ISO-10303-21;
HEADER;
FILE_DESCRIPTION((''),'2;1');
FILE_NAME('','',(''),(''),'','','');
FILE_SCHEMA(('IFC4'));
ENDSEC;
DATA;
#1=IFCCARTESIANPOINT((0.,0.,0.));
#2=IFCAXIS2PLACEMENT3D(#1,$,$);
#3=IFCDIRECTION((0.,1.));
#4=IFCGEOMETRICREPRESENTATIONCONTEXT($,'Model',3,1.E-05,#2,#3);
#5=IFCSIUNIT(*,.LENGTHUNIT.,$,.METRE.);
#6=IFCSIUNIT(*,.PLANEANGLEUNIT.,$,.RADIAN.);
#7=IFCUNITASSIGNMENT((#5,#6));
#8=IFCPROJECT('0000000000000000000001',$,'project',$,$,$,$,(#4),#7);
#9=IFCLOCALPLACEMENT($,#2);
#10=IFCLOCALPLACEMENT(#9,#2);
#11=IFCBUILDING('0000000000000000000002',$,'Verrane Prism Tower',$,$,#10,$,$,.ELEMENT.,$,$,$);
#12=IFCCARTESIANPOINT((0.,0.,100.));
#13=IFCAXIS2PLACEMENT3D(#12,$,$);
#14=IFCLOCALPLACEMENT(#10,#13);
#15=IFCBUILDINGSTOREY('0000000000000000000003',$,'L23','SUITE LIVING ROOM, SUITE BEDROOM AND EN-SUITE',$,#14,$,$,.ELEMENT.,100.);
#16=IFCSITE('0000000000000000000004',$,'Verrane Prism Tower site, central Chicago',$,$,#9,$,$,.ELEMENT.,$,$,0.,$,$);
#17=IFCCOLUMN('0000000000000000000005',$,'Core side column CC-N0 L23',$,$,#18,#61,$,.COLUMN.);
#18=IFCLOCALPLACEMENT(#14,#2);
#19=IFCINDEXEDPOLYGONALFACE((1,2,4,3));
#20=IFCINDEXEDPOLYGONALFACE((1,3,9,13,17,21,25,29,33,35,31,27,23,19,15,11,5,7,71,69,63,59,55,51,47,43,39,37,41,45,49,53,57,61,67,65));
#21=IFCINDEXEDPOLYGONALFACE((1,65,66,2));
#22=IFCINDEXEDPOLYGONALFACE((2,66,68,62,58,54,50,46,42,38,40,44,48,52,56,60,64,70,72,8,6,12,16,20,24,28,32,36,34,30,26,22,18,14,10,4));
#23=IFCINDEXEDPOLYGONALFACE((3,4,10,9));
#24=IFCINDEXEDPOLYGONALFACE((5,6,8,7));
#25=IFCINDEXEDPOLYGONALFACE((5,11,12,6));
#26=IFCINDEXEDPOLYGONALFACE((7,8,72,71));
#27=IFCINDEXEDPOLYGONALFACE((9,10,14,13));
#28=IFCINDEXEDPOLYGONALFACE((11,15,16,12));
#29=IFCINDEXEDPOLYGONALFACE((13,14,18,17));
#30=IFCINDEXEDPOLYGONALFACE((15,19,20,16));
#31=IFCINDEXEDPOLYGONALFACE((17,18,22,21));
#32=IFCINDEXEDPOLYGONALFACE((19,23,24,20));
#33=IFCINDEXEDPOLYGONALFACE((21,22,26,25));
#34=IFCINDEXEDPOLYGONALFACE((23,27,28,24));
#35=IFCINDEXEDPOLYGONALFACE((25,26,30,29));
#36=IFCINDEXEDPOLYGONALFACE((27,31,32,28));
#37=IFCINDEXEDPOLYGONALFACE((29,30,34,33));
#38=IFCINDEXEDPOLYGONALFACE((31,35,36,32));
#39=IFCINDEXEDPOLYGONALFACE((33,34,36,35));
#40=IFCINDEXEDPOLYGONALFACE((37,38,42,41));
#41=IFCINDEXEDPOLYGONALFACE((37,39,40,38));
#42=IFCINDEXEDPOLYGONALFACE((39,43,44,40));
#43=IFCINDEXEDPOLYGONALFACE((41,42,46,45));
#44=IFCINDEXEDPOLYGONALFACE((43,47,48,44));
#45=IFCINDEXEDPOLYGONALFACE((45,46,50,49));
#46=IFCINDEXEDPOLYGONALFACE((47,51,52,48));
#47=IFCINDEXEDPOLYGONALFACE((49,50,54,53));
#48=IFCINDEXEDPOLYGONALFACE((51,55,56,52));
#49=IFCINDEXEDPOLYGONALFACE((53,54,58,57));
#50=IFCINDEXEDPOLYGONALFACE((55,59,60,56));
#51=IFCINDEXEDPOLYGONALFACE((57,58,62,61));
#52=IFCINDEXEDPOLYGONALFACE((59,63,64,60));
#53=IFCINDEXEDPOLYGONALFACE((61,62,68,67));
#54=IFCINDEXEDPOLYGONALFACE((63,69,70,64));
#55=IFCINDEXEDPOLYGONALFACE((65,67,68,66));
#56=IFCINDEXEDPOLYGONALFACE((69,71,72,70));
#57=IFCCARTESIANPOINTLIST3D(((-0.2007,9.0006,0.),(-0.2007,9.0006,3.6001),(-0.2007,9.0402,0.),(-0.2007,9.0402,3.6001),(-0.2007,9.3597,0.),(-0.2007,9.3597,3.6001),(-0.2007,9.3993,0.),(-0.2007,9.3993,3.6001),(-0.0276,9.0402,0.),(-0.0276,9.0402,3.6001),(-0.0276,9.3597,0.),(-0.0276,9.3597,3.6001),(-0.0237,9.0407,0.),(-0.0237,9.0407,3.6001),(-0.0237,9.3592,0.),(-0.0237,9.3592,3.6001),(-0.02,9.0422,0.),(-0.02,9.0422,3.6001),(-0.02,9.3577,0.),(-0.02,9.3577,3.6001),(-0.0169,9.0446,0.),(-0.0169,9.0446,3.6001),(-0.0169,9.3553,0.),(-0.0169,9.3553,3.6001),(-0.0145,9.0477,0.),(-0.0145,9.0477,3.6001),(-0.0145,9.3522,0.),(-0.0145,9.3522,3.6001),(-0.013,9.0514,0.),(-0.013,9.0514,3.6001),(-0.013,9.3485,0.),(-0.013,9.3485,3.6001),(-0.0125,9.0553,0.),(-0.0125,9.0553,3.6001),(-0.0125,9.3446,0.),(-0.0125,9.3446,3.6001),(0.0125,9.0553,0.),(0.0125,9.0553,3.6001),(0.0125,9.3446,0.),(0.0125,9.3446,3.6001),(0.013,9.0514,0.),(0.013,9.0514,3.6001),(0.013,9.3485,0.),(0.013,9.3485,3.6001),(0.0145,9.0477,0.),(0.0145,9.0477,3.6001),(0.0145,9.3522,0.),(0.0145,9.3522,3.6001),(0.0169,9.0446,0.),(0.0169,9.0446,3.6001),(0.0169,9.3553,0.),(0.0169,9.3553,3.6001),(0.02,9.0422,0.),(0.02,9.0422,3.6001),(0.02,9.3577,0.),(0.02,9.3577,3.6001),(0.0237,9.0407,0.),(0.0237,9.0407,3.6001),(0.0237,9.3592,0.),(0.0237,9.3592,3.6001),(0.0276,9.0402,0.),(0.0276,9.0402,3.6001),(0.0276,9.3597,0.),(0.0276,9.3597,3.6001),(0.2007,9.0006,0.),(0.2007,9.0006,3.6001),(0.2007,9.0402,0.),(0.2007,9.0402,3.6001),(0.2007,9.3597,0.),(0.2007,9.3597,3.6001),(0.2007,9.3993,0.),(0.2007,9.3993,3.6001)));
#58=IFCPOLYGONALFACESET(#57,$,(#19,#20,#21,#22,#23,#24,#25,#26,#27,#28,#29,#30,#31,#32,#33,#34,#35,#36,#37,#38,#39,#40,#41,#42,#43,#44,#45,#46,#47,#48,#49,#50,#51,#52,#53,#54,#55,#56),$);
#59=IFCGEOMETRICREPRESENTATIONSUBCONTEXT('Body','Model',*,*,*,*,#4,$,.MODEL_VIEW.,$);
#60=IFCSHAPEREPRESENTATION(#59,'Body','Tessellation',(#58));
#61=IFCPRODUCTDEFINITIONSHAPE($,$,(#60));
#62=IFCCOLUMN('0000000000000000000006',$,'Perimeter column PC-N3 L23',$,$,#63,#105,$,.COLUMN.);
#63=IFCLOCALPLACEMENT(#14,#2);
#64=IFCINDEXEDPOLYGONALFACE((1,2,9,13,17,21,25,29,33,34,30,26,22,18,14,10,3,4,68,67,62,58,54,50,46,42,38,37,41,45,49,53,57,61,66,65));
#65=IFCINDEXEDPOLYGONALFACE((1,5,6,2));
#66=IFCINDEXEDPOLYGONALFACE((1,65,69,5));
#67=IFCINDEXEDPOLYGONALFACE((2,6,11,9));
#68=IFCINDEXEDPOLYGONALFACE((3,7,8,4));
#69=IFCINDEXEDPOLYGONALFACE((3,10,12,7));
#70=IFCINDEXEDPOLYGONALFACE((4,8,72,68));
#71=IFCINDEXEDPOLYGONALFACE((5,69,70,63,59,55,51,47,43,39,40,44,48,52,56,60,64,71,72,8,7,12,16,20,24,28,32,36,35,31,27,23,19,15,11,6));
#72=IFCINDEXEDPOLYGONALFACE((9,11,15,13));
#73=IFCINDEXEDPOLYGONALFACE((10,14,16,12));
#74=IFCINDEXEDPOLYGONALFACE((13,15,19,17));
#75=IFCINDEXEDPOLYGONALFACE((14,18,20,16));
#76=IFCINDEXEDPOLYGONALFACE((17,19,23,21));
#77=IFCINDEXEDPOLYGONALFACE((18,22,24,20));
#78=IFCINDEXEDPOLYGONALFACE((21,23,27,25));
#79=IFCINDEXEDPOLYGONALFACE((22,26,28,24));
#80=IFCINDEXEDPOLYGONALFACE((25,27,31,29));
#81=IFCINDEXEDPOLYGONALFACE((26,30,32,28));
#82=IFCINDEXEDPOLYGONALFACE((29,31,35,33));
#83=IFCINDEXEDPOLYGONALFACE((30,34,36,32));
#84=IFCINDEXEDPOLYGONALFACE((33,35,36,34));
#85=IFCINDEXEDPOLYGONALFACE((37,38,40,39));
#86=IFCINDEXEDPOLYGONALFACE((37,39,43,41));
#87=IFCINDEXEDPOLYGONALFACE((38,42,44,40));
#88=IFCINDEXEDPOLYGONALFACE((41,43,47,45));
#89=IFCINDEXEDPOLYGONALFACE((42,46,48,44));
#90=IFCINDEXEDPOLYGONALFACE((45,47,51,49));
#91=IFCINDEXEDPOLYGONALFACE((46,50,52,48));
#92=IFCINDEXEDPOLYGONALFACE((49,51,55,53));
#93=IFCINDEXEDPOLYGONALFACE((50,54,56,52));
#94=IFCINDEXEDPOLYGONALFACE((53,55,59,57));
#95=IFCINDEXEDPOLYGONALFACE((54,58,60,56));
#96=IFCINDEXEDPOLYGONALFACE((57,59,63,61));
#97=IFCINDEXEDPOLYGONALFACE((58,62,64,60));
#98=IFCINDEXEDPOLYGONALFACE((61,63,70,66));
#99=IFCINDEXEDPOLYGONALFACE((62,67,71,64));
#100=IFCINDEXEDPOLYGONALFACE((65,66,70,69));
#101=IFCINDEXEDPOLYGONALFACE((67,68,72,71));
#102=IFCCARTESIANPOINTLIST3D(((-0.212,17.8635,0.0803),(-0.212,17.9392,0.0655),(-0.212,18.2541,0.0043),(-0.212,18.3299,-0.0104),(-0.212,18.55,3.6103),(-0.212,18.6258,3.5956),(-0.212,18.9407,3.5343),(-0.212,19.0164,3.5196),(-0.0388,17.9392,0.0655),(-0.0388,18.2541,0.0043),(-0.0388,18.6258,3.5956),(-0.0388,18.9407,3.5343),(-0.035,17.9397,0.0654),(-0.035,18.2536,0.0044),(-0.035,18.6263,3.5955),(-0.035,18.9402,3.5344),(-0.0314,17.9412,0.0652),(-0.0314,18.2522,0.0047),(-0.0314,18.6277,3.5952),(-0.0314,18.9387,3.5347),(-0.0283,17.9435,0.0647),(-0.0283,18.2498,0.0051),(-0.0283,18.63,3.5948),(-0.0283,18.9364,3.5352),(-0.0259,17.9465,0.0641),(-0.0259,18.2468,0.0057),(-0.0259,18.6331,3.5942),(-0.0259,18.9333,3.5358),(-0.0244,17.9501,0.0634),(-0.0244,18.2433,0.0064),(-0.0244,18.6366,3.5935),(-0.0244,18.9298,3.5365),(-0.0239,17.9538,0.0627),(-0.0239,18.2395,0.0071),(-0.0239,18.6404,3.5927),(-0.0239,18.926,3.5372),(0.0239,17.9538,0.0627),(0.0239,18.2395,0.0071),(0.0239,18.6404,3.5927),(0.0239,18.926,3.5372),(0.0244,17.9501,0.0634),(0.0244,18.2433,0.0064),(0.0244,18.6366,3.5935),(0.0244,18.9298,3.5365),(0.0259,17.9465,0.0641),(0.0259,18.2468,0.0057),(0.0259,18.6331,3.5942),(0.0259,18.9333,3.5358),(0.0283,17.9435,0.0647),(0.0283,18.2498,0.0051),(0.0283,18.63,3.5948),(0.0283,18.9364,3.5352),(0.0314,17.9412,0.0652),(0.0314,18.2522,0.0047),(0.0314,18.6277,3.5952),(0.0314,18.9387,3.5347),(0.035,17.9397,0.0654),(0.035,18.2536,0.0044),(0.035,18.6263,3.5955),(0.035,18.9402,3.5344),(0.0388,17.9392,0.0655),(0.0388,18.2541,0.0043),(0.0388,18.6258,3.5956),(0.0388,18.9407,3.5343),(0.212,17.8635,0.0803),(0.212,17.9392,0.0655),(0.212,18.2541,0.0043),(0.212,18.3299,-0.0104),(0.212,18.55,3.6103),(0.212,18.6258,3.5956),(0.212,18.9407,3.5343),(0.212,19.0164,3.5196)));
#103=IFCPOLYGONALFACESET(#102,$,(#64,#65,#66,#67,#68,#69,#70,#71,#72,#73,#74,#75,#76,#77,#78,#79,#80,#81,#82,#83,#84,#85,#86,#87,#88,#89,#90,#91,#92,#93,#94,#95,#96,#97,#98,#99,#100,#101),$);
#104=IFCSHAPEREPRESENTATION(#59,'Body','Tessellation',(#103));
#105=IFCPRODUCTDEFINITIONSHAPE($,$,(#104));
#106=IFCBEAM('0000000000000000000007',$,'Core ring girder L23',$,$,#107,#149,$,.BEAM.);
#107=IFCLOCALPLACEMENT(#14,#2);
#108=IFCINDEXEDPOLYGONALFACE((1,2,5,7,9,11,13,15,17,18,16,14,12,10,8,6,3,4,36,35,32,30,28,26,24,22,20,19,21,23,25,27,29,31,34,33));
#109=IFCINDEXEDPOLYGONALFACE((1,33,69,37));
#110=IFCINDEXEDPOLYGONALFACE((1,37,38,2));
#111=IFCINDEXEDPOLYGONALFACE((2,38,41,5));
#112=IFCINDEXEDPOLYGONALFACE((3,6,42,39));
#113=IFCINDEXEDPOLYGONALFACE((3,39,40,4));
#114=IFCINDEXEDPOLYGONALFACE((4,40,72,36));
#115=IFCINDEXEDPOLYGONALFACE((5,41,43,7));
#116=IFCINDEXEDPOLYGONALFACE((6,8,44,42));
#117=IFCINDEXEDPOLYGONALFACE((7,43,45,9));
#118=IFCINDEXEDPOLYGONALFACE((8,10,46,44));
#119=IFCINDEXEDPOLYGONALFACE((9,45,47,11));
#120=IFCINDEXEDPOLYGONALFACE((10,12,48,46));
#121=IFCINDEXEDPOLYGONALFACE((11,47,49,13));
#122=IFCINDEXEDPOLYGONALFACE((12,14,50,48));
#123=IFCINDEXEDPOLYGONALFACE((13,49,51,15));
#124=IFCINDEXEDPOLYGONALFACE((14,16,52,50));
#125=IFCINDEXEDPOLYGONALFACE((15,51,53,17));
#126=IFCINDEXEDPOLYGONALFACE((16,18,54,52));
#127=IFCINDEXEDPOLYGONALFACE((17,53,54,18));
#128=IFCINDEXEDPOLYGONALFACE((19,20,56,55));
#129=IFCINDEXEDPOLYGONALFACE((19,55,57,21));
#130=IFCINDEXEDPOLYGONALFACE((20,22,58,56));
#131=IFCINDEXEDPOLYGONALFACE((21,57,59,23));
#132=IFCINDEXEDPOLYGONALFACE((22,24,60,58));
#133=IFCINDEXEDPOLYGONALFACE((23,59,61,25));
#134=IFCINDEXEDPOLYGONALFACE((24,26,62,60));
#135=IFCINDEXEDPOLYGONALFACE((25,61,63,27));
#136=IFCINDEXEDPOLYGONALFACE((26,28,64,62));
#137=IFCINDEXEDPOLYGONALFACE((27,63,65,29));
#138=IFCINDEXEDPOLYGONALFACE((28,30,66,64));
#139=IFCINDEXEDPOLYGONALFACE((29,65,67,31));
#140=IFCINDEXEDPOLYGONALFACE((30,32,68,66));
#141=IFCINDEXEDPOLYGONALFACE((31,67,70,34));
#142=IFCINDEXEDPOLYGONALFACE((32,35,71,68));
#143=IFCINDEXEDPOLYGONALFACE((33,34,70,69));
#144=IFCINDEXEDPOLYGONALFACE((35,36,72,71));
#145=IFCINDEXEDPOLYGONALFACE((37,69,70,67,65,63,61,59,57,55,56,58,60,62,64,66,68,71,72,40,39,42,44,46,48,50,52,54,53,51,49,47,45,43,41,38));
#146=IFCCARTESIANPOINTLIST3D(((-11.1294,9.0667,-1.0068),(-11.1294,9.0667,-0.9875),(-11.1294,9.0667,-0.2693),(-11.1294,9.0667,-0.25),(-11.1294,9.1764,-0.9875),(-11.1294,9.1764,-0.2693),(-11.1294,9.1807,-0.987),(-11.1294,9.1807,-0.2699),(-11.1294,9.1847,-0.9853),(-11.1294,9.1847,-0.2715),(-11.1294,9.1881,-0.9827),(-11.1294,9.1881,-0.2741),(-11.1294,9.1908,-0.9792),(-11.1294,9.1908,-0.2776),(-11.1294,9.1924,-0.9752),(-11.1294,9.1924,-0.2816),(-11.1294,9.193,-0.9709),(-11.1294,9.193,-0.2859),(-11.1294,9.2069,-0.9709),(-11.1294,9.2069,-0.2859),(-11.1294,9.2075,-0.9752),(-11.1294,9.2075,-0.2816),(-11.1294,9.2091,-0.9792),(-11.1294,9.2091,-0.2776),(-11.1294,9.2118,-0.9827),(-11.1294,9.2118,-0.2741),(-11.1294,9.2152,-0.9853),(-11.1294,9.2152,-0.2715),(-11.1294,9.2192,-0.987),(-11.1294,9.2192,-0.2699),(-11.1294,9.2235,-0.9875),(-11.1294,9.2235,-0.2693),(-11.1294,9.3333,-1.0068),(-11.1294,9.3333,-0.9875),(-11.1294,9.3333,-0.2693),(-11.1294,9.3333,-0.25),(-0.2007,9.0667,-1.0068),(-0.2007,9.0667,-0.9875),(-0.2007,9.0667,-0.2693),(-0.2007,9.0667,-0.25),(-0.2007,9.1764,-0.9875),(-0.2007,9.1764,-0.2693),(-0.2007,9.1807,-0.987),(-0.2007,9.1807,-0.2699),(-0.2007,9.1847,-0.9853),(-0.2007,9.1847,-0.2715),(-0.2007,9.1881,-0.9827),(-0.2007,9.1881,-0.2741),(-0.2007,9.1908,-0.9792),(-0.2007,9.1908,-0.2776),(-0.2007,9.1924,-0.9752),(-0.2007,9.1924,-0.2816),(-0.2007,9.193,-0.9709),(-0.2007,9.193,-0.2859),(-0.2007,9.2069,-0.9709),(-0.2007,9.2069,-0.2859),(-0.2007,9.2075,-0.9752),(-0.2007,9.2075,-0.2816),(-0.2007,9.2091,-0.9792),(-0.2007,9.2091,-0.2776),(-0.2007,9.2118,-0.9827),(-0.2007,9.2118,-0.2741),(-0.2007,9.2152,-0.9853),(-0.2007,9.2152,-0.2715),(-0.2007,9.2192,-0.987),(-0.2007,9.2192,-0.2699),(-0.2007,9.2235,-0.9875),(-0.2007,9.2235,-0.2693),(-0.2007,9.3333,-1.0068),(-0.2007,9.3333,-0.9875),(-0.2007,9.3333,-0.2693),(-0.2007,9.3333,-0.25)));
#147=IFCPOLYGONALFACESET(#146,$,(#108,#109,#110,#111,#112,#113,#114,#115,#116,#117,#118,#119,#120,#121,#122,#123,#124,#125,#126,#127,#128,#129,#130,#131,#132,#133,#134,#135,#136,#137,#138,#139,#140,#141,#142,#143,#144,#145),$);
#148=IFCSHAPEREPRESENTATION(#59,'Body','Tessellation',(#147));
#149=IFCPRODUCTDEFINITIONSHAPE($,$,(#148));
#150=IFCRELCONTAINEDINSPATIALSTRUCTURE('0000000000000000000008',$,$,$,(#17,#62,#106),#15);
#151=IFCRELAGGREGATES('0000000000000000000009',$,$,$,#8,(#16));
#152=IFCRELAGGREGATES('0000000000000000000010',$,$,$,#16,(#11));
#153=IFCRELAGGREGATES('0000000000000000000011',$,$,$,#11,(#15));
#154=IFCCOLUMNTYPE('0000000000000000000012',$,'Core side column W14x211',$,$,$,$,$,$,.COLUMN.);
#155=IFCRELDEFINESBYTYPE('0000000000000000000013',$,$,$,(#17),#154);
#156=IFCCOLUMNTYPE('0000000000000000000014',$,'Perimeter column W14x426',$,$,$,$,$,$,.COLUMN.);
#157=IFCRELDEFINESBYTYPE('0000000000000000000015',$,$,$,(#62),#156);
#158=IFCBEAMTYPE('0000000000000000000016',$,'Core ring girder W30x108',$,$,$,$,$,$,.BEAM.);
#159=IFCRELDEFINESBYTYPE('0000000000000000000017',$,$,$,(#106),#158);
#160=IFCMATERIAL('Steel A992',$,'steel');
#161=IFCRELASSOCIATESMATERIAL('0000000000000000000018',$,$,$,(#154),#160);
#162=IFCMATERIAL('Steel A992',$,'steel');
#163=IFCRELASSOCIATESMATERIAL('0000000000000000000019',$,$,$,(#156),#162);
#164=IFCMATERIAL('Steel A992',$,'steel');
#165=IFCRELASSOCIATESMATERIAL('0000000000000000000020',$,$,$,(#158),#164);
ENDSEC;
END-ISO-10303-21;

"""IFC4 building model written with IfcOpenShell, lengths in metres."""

from ifc_helpers import new_model, si_unit, direction, frame, origin, origin_2d, place, context, subcontext, project, spatial, i_section, extrude, material, material_profile, profile_set, type_object, element, save


model = new_model("IFC4")

# Units and contexts
model_context = context("Model", 3, precision=1e-05, world=origin(), true_north=direction((0.0, 1.0)))
body_context = subcontext(model_context, "Body", "Model", "MODEL_VIEW")
ifc_project = project(units=[si_unit("LENGTHUNIT", "METRE"), si_unit("PLANEANGLEUNIT", "RADIAN")], contexts=[model_context])

# Site, building, storey
site_placement = place(None, origin())
site = spatial("IfcSite", under=ifc_project, at=site_placement, Name="Verrane Prism Tower site, central Chicago", CompositionType="ELEMENT", RefElevation=0.0)
building_placement = place(site_placement, origin())
building = spatial("IfcBuilding", under=site, at=building_placement, Name="Verrane Prism Tower", CompositionType="ELEMENT")
storey_placement = place(building_placement, frame((0.0, 0.0, 100.0)))
storey = spatial("IfcBuildingStorey", under=building, at=storey_placement, Name="L23", Description="SUITE LIVING ROOM, SUITE BEDROOM AND EN-SUITE", CompositionType="ELEMENT", Elevation=100.0)

# Columns
ifc_material_1 = material(Name="Steel A992", Category="steel")
ifc_material_profile_1 = material_profile(ifc_material_1, i_section(OverallWidth=0.4014, OverallDepth=0.3987, WebThickness=0.0249, FlangeThickness=0.0396, FilletRadius=0.0151, at=origin_2d()), Name="W14x211")
ifc_profile_set_1 = profile_set([ifc_material_profile_1], Name="Steel A992")
column_type_1 = type_object("IfcColumnType", Name="Core side column W14x211", PredefinedType="COLUMN", material=ifc_profile_set_1)
column_1_placement = place(storey_placement, frame((0.0, 9.2, 0.0), z_axis=(0.0, 0.0, 1.0), x_axis=(1.0, 0.0, 0.0)))
element("IfcColumn", 1, at=column_1_placement, inside=storey, type_object=column_type_1, Name="Core side column CC-N0 L23", PredefinedType="COLUMN", context=body_context, shape_type="SweptSolid", body=[
    extrude(i_section(OverallWidth=0.4014, OverallDepth=0.3987, WebThickness=0.0249, FlangeThickness=0.0396, FilletRadius=0.0151, at=origin_2d()), origin(), (0.0, 0.0, 1.0), 3.6001),
])
ifc_material_2 = material(Name="Steel A992", Category="steel")
ifc_material_profile_2 = material_profile(ifc_material_2, i_section(OverallWidth=0.4241, OverallDepth=0.4751, WebThickness=0.0479, FlangeThickness=0.0771, FilletRadius=0.0149, at=origin_2d()), Name="W14x426")
ifc_profile_set_2 = profile_set([ifc_material_profile_2], Name="Steel A992")
column_type_2 = type_object("IfcColumnType", Name="Perimeter column W14x426", PredefinedType="COLUMN", material=ifc_profile_set_2)
column_2_placement = place(storey_placement, frame((0.0, 18.0967, 0.0349), z_axis=(0.0, 0.190904, 0.981609), x_axis=(1.0, 0.0, 0.0)))
element("IfcColumn", 2, at=column_2_placement, inside=storey, type_object=column_type_2, Name="Perimeter column PC-N3 L23", PredefinedType="COLUMN", context=body_context, shape_type="SweptSolid", body=[
    extrude(i_section(OverallWidth=0.4241, OverallDepth=0.4751, WebThickness=0.0479, FlangeThickness=0.0771, FilletRadius=0.0149, at=origin_2d()), origin(), (0.0, 0.0, 1.0), 3.5962),
])

# Beam
ifc_material_3 = material(Name="Steel A992", Category="steel")
ifc_material_profile_3 = material_profile(ifc_material_3, i_section(OverallWidth=0.2666, OverallDepth=0.7568, WebThickness=0.0139, FlangeThickness=0.0193, FilletRadius=0.0166, at=origin_2d()), Name="W30x108")
ifc_profile_set_3 = profile_set([ifc_material_profile_3], Name="Steel A992")
beam_type_1 = type_object("IfcBeamType", Name="Core ring girder W30x108", PredefinedType="BEAM", material=ifc_profile_set_3)
beam_1_placement = place(storey_placement, frame((-0.2007, 9.2, -0.6284), z_axis=(-1.0, 0.0, 0.0), x_axis=(0.0, -1.0, 0.0)))
element("IfcBeam", 3, at=beam_1_placement, inside=storey, type_object=beam_type_1, Name="Core ring girder L23", PredefinedType="BEAM", context=body_context, shape_type="SweptSolid", body=[
    extrude(i_section(OverallWidth=0.2666, OverallDepth=0.7568, WebThickness=0.0139, FlangeThickness=0.0193, FilletRadius=0.0166, at=origin_2d()), origin(), (0.0, 0.0, 1.0), 10.9287),
])

save(model, "model.ifc")
